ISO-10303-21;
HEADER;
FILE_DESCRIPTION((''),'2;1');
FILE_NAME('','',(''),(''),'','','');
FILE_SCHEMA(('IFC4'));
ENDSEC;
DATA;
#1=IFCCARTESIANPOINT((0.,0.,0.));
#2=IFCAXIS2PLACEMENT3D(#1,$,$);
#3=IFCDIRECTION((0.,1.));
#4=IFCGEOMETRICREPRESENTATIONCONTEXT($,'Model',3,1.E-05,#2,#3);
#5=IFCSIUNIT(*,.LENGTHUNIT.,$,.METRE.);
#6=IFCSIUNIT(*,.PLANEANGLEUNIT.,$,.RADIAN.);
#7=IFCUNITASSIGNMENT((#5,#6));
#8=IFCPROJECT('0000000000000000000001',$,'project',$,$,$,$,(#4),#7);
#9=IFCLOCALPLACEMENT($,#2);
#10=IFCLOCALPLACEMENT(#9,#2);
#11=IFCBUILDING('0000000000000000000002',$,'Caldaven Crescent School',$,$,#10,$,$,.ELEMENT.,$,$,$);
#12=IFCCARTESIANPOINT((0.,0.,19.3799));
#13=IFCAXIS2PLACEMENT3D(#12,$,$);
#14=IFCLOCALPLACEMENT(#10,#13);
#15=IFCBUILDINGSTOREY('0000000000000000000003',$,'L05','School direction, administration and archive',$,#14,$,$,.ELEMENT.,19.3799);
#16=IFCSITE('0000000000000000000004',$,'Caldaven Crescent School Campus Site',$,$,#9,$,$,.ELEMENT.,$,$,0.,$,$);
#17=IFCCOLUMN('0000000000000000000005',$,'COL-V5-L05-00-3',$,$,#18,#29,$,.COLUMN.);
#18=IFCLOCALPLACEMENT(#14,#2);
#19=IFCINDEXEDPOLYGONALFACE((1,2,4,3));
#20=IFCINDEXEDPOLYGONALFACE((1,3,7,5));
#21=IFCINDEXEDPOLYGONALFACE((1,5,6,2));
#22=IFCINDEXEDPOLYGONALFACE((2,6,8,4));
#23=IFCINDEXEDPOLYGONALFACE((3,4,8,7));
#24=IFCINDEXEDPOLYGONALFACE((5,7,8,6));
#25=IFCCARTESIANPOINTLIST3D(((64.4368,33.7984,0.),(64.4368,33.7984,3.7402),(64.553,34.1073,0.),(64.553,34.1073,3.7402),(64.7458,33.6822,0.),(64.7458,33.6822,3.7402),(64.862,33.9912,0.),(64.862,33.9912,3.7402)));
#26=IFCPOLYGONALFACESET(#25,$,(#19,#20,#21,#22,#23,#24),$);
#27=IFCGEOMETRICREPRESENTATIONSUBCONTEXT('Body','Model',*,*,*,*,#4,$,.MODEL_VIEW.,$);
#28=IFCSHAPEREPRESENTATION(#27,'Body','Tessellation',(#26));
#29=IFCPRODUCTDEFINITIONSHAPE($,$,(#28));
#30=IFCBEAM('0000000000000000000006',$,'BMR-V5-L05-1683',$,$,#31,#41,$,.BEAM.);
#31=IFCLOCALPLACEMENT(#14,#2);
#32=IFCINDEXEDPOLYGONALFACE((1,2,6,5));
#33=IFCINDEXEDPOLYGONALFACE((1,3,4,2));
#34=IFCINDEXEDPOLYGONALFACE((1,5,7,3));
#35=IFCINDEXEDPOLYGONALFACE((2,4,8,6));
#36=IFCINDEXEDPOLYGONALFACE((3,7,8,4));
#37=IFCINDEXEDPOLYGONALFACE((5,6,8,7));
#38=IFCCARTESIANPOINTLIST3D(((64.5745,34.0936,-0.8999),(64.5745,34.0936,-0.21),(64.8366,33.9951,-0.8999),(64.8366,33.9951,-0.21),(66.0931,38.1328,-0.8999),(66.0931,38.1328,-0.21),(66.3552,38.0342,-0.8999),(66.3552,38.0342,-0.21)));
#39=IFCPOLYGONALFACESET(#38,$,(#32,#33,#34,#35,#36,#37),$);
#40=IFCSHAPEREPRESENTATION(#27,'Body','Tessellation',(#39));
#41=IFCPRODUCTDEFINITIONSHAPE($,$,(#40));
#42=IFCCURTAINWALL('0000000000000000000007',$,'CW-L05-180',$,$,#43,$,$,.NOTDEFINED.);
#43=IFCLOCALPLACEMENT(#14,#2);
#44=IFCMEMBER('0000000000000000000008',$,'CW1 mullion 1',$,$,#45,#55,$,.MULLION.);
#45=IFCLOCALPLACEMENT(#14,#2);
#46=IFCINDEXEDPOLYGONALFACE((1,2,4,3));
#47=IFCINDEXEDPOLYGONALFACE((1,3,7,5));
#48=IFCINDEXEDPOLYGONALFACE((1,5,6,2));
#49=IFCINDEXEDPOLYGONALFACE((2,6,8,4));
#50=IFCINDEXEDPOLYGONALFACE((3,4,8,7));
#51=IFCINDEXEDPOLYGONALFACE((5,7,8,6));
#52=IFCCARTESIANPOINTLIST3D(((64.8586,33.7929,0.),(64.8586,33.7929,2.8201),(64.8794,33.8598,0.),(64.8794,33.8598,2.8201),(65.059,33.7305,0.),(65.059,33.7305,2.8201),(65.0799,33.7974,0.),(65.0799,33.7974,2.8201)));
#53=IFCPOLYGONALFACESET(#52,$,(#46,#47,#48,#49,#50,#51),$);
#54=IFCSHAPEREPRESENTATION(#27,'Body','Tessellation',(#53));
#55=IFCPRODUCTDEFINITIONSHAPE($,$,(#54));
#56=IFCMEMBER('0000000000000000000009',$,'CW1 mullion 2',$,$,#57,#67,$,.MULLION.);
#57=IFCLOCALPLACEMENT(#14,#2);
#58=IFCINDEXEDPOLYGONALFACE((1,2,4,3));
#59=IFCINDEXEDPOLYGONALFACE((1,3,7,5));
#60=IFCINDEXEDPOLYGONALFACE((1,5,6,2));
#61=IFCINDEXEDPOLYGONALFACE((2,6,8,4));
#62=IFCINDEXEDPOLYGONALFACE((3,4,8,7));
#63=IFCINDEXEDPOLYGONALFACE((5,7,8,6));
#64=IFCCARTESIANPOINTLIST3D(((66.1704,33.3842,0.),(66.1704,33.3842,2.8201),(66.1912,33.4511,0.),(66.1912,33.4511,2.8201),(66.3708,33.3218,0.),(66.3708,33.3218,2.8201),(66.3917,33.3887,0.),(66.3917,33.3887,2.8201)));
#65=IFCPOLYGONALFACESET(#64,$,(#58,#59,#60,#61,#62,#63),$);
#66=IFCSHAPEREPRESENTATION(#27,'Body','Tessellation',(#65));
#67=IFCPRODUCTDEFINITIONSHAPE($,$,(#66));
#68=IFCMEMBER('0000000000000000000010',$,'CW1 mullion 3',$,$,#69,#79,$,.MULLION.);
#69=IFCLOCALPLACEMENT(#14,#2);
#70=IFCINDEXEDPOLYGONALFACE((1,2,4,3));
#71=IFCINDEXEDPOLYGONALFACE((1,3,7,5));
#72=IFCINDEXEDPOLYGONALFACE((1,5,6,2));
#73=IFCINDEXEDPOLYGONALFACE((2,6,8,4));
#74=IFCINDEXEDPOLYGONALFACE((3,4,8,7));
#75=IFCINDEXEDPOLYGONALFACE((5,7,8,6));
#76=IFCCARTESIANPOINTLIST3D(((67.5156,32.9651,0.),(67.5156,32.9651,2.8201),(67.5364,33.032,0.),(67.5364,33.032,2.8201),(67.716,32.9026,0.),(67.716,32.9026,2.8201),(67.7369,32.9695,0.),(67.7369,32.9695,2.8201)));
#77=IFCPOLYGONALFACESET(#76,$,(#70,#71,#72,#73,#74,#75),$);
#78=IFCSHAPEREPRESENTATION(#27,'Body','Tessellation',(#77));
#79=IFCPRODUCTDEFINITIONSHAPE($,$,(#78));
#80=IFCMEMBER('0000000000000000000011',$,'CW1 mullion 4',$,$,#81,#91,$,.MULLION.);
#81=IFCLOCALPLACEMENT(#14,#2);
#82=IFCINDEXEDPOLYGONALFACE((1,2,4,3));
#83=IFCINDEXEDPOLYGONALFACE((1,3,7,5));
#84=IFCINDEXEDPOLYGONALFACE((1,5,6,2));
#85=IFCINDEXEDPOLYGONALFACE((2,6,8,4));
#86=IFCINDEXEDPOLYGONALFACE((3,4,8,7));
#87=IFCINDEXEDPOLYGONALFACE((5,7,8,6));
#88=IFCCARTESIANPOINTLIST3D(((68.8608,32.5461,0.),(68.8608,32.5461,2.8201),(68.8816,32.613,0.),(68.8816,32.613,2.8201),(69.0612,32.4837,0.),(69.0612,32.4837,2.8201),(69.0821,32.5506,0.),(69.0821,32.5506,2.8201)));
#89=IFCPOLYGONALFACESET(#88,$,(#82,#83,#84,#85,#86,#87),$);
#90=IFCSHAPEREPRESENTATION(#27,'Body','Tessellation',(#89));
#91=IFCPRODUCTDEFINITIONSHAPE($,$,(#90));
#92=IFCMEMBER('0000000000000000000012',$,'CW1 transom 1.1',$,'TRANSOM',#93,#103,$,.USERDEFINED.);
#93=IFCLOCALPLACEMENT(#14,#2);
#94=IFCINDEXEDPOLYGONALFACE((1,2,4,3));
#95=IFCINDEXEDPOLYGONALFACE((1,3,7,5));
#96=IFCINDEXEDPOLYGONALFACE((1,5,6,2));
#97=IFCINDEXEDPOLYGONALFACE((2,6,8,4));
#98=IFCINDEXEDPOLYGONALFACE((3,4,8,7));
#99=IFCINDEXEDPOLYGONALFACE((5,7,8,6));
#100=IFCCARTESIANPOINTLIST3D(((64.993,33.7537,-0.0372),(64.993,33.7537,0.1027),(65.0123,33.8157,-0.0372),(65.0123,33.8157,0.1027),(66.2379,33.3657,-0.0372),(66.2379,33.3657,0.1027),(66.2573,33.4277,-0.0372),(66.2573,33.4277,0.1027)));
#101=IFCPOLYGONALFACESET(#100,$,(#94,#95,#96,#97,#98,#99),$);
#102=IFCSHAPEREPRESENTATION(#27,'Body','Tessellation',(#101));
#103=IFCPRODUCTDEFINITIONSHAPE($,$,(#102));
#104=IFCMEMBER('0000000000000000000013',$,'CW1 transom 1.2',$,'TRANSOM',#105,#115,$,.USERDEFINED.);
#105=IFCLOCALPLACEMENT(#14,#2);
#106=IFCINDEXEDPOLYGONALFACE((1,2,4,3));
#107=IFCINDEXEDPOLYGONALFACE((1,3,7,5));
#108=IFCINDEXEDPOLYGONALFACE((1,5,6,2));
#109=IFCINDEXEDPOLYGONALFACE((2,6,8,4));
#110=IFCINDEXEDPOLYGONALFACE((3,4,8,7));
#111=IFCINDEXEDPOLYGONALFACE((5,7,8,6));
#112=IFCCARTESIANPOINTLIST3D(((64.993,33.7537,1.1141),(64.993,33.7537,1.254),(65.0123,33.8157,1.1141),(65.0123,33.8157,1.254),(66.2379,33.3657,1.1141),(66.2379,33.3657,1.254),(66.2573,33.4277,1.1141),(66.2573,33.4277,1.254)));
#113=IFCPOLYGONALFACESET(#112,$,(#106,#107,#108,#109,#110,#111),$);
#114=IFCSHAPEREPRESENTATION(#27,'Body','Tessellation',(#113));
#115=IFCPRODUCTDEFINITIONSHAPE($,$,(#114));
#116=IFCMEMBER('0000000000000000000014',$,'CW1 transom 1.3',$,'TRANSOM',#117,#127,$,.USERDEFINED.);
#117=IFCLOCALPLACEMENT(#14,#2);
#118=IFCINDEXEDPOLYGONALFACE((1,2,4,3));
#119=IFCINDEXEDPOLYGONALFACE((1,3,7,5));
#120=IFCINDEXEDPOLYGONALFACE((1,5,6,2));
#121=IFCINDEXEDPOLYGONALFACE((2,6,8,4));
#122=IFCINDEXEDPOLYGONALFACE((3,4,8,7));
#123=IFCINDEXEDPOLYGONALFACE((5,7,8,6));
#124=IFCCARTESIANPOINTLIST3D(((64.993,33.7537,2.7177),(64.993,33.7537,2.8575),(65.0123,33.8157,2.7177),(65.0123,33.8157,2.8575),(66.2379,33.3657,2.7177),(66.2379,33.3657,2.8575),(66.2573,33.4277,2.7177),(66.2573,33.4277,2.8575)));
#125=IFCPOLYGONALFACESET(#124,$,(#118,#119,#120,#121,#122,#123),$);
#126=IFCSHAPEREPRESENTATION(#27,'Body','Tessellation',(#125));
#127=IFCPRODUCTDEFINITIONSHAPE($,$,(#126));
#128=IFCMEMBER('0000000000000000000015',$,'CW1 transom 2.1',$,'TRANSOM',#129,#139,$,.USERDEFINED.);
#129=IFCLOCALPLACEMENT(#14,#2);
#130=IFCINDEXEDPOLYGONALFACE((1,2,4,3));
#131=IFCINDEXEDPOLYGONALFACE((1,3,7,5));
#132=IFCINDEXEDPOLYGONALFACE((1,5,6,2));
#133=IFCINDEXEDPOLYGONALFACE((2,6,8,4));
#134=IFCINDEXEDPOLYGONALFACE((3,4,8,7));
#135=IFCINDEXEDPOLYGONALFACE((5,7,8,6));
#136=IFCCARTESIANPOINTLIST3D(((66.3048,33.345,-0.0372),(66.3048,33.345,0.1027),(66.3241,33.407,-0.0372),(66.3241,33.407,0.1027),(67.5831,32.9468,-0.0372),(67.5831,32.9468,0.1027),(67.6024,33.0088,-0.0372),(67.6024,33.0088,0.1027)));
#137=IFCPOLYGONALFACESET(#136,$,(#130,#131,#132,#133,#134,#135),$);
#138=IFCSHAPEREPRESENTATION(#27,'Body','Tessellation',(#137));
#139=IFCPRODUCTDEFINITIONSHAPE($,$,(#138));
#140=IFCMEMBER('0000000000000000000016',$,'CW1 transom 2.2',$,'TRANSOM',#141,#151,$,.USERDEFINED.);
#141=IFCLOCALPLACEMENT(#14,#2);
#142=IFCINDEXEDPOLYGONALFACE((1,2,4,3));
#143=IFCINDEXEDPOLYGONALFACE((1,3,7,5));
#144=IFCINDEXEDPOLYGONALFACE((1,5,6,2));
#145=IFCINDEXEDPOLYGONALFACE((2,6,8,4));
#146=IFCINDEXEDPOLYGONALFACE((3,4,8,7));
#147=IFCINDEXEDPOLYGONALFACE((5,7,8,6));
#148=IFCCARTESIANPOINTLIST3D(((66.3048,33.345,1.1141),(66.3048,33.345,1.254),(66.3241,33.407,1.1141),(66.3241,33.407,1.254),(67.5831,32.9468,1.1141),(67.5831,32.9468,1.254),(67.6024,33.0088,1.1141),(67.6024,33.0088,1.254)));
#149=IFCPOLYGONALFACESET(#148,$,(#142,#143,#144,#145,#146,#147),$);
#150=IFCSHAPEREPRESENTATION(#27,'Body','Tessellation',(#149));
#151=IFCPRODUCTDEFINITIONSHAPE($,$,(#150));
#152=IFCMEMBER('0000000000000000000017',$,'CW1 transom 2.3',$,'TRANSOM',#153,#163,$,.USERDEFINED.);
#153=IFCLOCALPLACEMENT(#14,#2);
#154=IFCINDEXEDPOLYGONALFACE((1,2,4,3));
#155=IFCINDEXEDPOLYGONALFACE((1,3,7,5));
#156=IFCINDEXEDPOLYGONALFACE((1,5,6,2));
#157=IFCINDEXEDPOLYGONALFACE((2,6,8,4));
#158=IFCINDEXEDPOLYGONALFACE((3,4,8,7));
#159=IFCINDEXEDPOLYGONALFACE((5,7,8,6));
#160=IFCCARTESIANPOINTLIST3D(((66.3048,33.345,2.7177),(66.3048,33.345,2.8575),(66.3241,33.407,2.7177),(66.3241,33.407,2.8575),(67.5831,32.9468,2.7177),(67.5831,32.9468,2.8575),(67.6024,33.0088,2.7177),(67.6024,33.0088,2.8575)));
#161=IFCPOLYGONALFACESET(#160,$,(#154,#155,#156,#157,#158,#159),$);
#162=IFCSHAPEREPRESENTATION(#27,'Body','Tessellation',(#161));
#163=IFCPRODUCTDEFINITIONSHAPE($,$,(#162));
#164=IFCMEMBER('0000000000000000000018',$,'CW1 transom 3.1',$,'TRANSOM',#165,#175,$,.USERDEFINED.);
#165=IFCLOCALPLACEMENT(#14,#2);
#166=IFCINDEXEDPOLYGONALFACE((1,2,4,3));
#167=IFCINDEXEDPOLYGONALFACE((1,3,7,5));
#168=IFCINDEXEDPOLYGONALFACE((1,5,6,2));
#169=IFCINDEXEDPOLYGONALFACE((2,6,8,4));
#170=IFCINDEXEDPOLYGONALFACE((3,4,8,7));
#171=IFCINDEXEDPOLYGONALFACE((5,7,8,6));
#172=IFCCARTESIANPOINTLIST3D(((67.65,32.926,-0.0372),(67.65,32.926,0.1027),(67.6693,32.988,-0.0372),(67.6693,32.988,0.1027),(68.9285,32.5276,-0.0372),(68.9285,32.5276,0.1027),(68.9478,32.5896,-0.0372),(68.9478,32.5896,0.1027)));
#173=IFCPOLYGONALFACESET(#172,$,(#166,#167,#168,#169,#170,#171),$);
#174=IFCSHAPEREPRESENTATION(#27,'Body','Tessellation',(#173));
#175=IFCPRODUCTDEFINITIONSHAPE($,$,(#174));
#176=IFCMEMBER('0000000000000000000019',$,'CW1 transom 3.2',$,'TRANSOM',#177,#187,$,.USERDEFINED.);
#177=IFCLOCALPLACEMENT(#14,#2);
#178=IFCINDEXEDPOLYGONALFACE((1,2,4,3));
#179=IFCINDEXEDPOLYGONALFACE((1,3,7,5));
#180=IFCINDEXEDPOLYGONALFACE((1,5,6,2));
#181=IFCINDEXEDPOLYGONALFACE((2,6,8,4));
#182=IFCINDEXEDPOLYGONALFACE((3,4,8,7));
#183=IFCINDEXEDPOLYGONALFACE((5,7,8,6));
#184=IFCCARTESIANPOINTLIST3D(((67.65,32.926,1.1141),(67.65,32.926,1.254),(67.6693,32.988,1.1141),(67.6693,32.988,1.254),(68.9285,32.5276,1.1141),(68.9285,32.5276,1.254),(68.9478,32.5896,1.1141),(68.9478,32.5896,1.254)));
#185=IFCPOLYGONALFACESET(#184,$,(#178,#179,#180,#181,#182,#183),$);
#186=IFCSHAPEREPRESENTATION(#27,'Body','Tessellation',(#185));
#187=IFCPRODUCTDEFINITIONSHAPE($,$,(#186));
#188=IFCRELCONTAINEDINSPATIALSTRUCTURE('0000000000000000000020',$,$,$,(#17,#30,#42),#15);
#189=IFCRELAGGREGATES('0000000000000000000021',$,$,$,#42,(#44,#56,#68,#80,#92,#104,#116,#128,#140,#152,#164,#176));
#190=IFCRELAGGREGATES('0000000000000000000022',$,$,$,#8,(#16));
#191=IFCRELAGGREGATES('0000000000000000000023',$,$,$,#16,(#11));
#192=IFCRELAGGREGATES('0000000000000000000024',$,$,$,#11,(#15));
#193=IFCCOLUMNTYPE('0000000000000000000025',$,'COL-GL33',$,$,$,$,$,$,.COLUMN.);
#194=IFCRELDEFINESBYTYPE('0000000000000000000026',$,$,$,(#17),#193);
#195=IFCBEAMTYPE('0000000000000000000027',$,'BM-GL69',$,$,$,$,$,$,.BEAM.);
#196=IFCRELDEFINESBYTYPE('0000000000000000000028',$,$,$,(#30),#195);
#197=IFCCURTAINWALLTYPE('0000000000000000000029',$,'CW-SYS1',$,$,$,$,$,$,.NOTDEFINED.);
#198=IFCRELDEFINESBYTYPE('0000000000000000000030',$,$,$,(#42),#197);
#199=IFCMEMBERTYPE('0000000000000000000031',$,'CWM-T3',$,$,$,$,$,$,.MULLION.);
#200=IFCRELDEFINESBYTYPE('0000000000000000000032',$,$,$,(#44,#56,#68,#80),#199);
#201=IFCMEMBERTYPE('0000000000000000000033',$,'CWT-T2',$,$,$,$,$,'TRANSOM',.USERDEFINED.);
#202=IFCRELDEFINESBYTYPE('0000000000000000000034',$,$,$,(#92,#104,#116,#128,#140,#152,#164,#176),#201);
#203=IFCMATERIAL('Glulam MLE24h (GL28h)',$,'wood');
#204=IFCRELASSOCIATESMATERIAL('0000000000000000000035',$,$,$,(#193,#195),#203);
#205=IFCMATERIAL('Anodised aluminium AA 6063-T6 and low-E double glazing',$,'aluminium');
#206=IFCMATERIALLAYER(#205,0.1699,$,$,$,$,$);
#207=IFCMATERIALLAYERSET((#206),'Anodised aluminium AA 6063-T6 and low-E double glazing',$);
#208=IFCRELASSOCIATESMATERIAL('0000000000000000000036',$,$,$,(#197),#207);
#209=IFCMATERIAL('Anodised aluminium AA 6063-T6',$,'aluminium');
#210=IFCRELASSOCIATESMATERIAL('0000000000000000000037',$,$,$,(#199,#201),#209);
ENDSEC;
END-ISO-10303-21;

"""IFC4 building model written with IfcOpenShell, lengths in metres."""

from ifc_helpers import new_model, si_unit, direction, frame, origin, origin_2d, place, context, subcontext, project, spatial, rectangle, extrude, material, layer, layer_set, material_profile, profile_set, type_object, element, aggregate, save


model = new_model("IFC4")

# Units and contexts
model_context = context("Model", 3, precision=1e-05, world=origin(), true_north=direction((0.0, 1.0)))
body_context = subcontext(model_context, "Body", "Model", "MODEL_VIEW")
ifc_project = project(units=[si_unit("LENGTHUNIT", "METRE"), si_unit("PLANEANGLEUNIT", "RADIAN")], contexts=[model_context])

# Site, building, storey
site_placement = place(None, origin())
site = spatial("IfcSite", under=ifc_project, at=site_placement, Name="Caldaven Crescent School Campus Site", CompositionType="ELEMENT", RefElevation=0.0)
building_placement = place(site_placement, origin())
building = spatial("IfcBuilding", under=site, at=building_placement, Name="Caldaven Crescent School", CompositionType="ELEMENT")
storey_placement = place(building_placement, frame((0.0, 0.0, 19.3799)))
storey = spatial("IfcBuildingStorey", under=building, at=storey_placement, Name="L05", Description="School direction, administration and archive", CompositionType="ELEMENT", Elevation=19.3799)

# Column
ifc_material_1 = material(Name="Glulam MLE24h (GL28h)", Category="wood")
ifc_material_profile_1 = material_profile(ifc_material_1, rectangle(XDim=0.3301, YDim=0.3301, at=origin_2d()), Name="MLE 330x330")
ifc_profile_set_1 = profile_set([ifc_material_profile_1], Name="Glulam MLE24h (GL28h)")
column_type = type_object("IfcColumnType", Name="COL-GL33", PredefinedType="COLUMN", material=ifc_profile_set_1)
column_placement = place(storey_placement, frame((64.6494, 33.8948, 0.0), z_axis=(0.0, 0.0, 1.0), x_axis=(-0.352005, -0.935998, 0.0)))
element("IfcColumn", 1, at=column_placement, inside=storey, type_object=column_type, Name="COL-V5-L05-00-3", PredefinedType="COLUMN", context=body_context, shape_type="SweptSolid", body=[
    extrude(rectangle(XDim=0.3301, YDim=0.3301, at=origin_2d()), origin(), (0.0, 0.0, 1.0), 3.7402),
])

# Beam
ifc_material_profile_2 = material_profile(ifc_material_1, rectangle(XDim=0.28, YDim=0.6899, at=origin_2d()), Name="MLE 280x690")
ifc_profile_set_2 = profile_set([ifc_material_profile_2], Name="Glulam MLE24h (GL28h)")
beam_type_1 = type_object("IfcBeamType", Name="BM-GL69", PredefinedType="BEAM", material=ifc_profile_set_2)
beam_1_placement = place(storey_placement, frame((66.2241, 38.0835, -0.5549), z_axis=(-0.351917, -0.936031, 0.0), x_axis=(0.936031, -0.351917, 0.0)))
element("IfcBeam", 2, at=beam_1_placement, inside=storey, type_object=beam_type_1, Name="BMR-V5-L05-1683", PredefinedType="BEAM", context=body_context, shape_type="SweptSolid", body=[
    extrude(rectangle(XDim=0.28, YDim=0.6899, at=origin_2d()), origin(), (0.0, 0.0, 1.0), 4.3152),
])

# Curtain wall, members
ifc_material_2 = material(Name="Anodised aluminium AA 6063-T6 and low-E double glazing", Category="aluminium")
ifc_layer_1 = layer(ifc_material_2, 0.1699)
ifc_layer_set_1 = layer_set([ifc_layer_1], Name="Anodised aluminium AA 6063-T6 and low-E double glazing")
curtain_wall_type = type_object("IfcCurtainWallType", Name="CW-SYS1", PredefinedType="NOTDEFINED", material=ifc_layer_set_1)
curtain_wall_placement = place(storey_placement, origin())
curtain_wall = element("IfcCurtainWall", 3, at=curtain_wall_placement, inside=storey, type_object=curtain_wall_type, Name="CW-L05-180", PredefinedType="NOTDEFINED")
ifc_material_3 = material(Name="Anodised aluminium AA 6063-T6", Category="aluminium")
ifc_material_profile_3 = material_profile(ifc_material_3, rectangle(XDim=0.0701, YDim=0.21, at=origin_2d()), Name="CWM 70x210")
ifc_profile_set_3 = profile_set([ifc_material_profile_3], Name="Anodised aluminium AA 6063-T6")
member_type_1 = type_object("IfcMemberType", Name="CWM-T3", PredefinedType="MULLION", material=ifc_profile_set_3)
member_1_placement = place(storey_placement, frame((64.9692, 33.7952, 0.0), z_axis=(0.0, 0.0, 1.0), x_axis=(0.297419, 0.954747, 0.0)))
member_1 = element("IfcMember", 4, at=member_1_placement, type_object=member_type_1, Name="CW1 mullion 1", PredefinedType="MULLION", context=body_context, shape_type="SweptSolid", body=[
    extrude(rectangle(XDim=0.0701, YDim=0.21, at=origin_2d()), origin(), (0.0, 0.0, 1.0), 2.8201),
])
member_2_placement = place(storey_placement, frame((66.281, 33.3865, 0.0), z_axis=(0.0, 0.0, 1.0), x_axis=(0.297419, 0.954747, 0.0)))
member_2 = element("IfcMember", 5, at=member_2_placement, type_object=member_type_1, Name="CW1 mullion 2", PredefinedType="MULLION", context=body_context, shape_type="SweptSolid", body=[
    extrude(rectangle(XDim=0.0701, YDim=0.21, at=origin_2d()), origin(), (0.0, 0.0, 1.0), 2.8201),
])
member_3_placement = place(storey_placement, frame((67.6262, 32.9673, 0.0), z_axis=(0.0, 0.0, 1.0), x_axis=(0.297419, 0.954747, 0.0)))
member_3 = element("IfcMember", 6, at=member_3_placement, type_object=member_type_1, Name="CW1 mullion 3", PredefinedType="MULLION", context=body_context, shape_type="SweptSolid", body=[
    extrude(rectangle(XDim=0.0701, YDim=0.21, at=origin_2d()), origin(), (0.0, 0.0, 1.0), 2.8201),
])
member_4_placement = place(storey_placement, frame((68.9714, 32.5483, 0.0), z_axis=(0.0, 0.0, 1.0), x_axis=(0.297419, 0.954747, 0.0)))
member_4 = element("IfcMember", 7, at=member_4_placement, type_object=member_type_1, Name="CW1 mullion 4", PredefinedType="MULLION", context=body_context, shape_type="SweptSolid", body=[
    extrude(rectangle(XDim=0.0701, YDim=0.21, at=origin_2d()), origin(), (0.0, 0.0, 1.0), 2.8201),
])
ifc_material_profile_4 = material_profile(ifc_material_3, rectangle(XDim=0.0649, YDim=0.1399, at=origin_2d()), Name="CWT 65x140")
ifc_profile_set_4 = profile_set([ifc_material_profile_4], Name="Anodised aluminium AA 6063-T6")
member_type_2 = type_object("IfcMemberType", Name="CWT-T2", ElementType="TRANSOM", PredefinedType="USERDEFINED", material=ifc_profile_set_4)
member_5_placement = place(storey_placement, frame((65.0027, 33.7847, 0.0327), z_axis=(0.954716, -0.297518, 0.0), x_axis=(0.297518, 0.954716, 0.0)))
member_5 = element("IfcMember", 8, at=member_5_placement, type_object=member_type_2, Name="CW1 transom 1.1", ObjectType="TRANSOM", PredefinedType="USERDEFINED", context=body_context, shape_type="SweptSolid", body=[
    extrude(rectangle(XDim=0.0649, YDim=0.1399, at=origin_2d()), origin(), (0.0, 0.0, 1.0), 1.304),
])
member_6_placement = place(storey_placement, frame((65.0027, 33.7847, 1.1841), z_axis=(0.954716, -0.297518, 0.0), x_axis=(0.297518, 0.954716, 0.0)))
member_6 = element("IfcMember", 9, at=member_6_placement, type_object=member_type_2, Name="CW1 transom 1.2", ObjectType="TRANSOM", PredefinedType="USERDEFINED", context=body_context, shape_type="SweptSolid", body=[
    extrude(rectangle(XDim=0.0649, YDim=0.1399, at=origin_2d()), origin(), (0.0, 0.0, 1.0), 1.304),
])
member_7_placement = place(storey_placement, frame((65.0027, 33.7847, 2.7876), z_axis=(0.954716, -0.297518, 0.0), x_axis=(0.297518, 0.954716, 0.0)))
member_7 = element("IfcMember", 10, at=member_7_placement, type_object=member_type_2, Name="CW1 transom 1.3", ObjectType="TRANSOM", PredefinedType="USERDEFINED", context=body_context, shape_type="SweptSolid", body=[
    extrude(rectangle(XDim=0.0649, YDim=0.1399, at=origin_2d()), origin(), (0.0, 0.0, 1.0), 1.304),
])
member_8_placement = place(storey_placement, frame((66.3145, 33.376, 0.0327), z_axis=(0.954752, -0.297403, 0.0), x_axis=(0.297403, 0.954752, 0.0)))
member_8 = element("IfcMember", 11, at=member_8_placement, type_object=member_type_2, Name="CW1 transom 2.1", ObjectType="TRANSOM", PredefinedType="USERDEFINED", context=body_context, shape_type="SweptSolid", body=[
    extrude(rectangle(XDim=0.0649, YDim=0.1399, at=origin_2d()), origin(), (0.0, 0.0, 1.0), 1.3389),
])
member_9_placement = place(storey_placement, frame((66.3145, 33.376, 1.1841), z_axis=(0.954752, -0.297403, 0.0), x_axis=(0.297403, 0.954752, 0.0)))
member_9 = element("IfcMember", 12, at=member_9_placement, type_object=member_type_2, Name="CW1 transom 2.2", ObjectType="TRANSOM", PredefinedType="USERDEFINED", context=body_context, shape_type="SweptSolid", body=[
    extrude(rectangle(XDim=0.0649, YDim=0.1399, at=origin_2d()), origin(), (0.0, 0.0, 1.0), 1.3389),
])
member_10_placement = place(storey_placement, frame((66.3145, 33.376, 2.7876), z_axis=(0.954752, -0.297403, 0.0), x_axis=(0.297403, 0.954752, 0.0)))
member_10 = element("IfcMember", 13, at=member_10_placement, type_object=member_type_2, Name="CW1 transom 2.3", ObjectType="TRANSOM", PredefinedType="USERDEFINED", context=body_context, shape_type="SweptSolid", body=[
    extrude(rectangle(XDim=0.0649, YDim=0.1399, at=origin_2d()), origin(), (0.0, 0.0, 1.0), 1.3389),
])
member_11_placement = place(storey_placement, frame((67.6597, 32.957, 0.0327), z_axis=(0.954716, -0.297517, 0.0), x_axis=(0.297517, 0.954716, 0.0)))
member_11 = element("IfcMember", 14, at=member_11_placement, type_object=member_type_2, Name="CW1 transom 3.1", ObjectType="TRANSOM", PredefinedType="USERDEFINED", context=body_context, shape_type="SweptSolid", body=[
    extrude(rectangle(XDim=0.0649, YDim=0.1399, at=origin_2d()), origin(), (0.0, 0.0, 1.0), 1.3391),
])
member_12_placement = place(storey_placement, frame((67.6597, 32.957, 1.1841), z_axis=(0.954716, -0.297517, 0.0), x_axis=(0.297517, 0.954716, 0.0)))
member_12 = element("IfcMember", 15, at=member_12_placement, type_object=member_type_2, Name="CW1 transom 3.2", ObjectType="TRANSOM", PredefinedType="USERDEFINED", context=body_context, shape_type="SweptSolid", body=[
    extrude(rectangle(XDim=0.0649, YDim=0.1399, at=origin_2d()), origin(), (0.0, 0.0, 1.0), 1.3391),
])

aggregate(curtain_wall, [member_1, member_2, member_3, member_4, member_5, member_6, member_7, member_8, member_9, member_10, member_11, member_12])

save(model, "model.ifc")
